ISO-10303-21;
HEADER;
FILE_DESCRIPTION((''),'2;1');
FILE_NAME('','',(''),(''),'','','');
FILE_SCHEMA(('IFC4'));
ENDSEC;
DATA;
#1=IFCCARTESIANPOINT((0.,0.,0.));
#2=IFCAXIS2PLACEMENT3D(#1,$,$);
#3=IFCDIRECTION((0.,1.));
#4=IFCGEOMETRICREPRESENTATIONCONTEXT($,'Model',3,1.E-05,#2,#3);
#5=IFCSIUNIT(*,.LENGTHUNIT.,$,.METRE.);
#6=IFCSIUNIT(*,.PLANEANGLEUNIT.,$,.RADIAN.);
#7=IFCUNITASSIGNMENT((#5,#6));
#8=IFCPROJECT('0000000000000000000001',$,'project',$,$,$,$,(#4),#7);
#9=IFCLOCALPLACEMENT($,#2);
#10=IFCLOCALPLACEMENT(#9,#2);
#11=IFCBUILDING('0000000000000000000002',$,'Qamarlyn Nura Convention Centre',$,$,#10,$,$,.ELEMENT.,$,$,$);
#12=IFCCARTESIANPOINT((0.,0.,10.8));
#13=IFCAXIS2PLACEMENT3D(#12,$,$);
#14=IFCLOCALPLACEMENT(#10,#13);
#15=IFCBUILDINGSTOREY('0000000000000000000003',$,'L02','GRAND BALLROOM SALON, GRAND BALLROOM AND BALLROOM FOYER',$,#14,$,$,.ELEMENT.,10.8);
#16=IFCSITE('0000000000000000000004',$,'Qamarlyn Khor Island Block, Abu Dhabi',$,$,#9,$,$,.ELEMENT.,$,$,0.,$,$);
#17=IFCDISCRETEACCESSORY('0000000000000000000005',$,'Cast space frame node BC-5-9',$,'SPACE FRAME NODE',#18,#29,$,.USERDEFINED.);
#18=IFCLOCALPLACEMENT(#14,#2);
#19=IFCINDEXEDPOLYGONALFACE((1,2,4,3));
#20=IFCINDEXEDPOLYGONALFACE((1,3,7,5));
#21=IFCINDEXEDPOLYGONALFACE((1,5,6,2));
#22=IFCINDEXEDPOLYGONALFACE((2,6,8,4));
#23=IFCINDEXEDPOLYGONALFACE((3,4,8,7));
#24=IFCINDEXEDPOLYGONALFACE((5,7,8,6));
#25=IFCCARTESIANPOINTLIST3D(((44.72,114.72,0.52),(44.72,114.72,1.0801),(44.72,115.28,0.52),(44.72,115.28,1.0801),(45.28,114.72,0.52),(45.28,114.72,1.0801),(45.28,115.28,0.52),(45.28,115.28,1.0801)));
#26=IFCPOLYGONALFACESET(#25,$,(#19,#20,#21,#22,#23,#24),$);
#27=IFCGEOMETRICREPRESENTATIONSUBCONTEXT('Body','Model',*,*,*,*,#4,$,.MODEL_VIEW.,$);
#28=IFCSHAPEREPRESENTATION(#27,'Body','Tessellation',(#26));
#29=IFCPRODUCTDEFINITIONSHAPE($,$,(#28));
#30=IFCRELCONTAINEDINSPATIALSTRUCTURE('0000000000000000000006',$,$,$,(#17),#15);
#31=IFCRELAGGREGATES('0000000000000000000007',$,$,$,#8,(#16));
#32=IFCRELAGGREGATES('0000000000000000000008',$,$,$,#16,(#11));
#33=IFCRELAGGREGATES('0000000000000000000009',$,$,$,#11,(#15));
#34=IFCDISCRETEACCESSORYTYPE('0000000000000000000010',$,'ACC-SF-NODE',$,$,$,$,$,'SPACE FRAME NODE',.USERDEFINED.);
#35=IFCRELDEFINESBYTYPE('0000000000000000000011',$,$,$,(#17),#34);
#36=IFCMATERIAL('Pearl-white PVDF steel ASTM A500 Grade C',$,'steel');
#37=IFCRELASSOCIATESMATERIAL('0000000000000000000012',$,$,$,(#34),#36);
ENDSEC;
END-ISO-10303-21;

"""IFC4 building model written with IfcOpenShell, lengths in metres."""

from ifc_helpers import new_model, si_unit, direction, frame, origin, origin_2d, place, context, subcontext, project, spatial, rectangle, extrude, material, type_object, element, save


model = new_model("IFC4")

# Units and contexts
model_context = context("Model", 3, precision=1e-05, world=origin(), true_north=direction((0.0, 1.0)))
body_context = subcontext(model_context, "Body", "Model", "MODEL_VIEW")
ifc_project = project(units=[si_unit("LENGTHUNIT", "METRE"), si_unit("PLANEANGLEUNIT", "RADIAN")], contexts=[model_context])

# Site, building, storey
site_placement = place(None, origin())
site = spatial("IfcSite", under=ifc_project, at=site_placement, Name="Qamarlyn Khor Island Block, Abu Dhabi", CompositionType="ELEMENT", RefElevation=0.0)
building_placement = place(site_placement, origin())
building = spatial("IfcBuilding", under=site, at=building_placement, Name="Qamarlyn Nura Convention Centre", CompositionType="ELEMENT")
storey_placement = place(building_placement, frame((0.0, 0.0, 10.8)))
storey = spatial("IfcBuildingStorey", under=building, at=storey_placement, Name="L02", Description="GRAND BALLROOM SALON, GRAND BALLROOM AND BALLROOM FOYER", CompositionType="ELEMENT", Elevation=10.8)

# Shared definitions
ifc_material_1 = material(Name="Pearl-white PVDF steel ASTM A500 Grade C", Category="steel")

# Discrete accessory
discrete_accessory_type = type_object("IfcDiscreteAccessoryType", Name="ACC-SF-NODE", ElementType="SPACE FRAME NODE", PredefinedType="USERDEFINED", material=ifc_material_1)
for number, where, z_axis, x_axis, name in (
    (1, (45.0, 115.0, 0.52), (0.0, 0.0, 1.0), (1.0, 0.0, 0.0), "Cast space frame node BC-5-9"),
):
    element("IfcDiscreteAccessory", number, at=place(storey_placement, frame(where, z_axis=z_axis, x_axis=x_axis)), inside=storey, type_object=discrete_accessory_type, Name=name, ObjectType="SPACE FRAME NODE", PredefinedType="USERDEFINED", context=body_context, shape_type="SweptSolid", body=[
        extrude(rectangle(XDim=0.5601, YDim=0.5601, at=origin_2d()), origin(), (0.0, 0.0, 1.0), 0.5601),
    ])

save(model, "model.ifc")
